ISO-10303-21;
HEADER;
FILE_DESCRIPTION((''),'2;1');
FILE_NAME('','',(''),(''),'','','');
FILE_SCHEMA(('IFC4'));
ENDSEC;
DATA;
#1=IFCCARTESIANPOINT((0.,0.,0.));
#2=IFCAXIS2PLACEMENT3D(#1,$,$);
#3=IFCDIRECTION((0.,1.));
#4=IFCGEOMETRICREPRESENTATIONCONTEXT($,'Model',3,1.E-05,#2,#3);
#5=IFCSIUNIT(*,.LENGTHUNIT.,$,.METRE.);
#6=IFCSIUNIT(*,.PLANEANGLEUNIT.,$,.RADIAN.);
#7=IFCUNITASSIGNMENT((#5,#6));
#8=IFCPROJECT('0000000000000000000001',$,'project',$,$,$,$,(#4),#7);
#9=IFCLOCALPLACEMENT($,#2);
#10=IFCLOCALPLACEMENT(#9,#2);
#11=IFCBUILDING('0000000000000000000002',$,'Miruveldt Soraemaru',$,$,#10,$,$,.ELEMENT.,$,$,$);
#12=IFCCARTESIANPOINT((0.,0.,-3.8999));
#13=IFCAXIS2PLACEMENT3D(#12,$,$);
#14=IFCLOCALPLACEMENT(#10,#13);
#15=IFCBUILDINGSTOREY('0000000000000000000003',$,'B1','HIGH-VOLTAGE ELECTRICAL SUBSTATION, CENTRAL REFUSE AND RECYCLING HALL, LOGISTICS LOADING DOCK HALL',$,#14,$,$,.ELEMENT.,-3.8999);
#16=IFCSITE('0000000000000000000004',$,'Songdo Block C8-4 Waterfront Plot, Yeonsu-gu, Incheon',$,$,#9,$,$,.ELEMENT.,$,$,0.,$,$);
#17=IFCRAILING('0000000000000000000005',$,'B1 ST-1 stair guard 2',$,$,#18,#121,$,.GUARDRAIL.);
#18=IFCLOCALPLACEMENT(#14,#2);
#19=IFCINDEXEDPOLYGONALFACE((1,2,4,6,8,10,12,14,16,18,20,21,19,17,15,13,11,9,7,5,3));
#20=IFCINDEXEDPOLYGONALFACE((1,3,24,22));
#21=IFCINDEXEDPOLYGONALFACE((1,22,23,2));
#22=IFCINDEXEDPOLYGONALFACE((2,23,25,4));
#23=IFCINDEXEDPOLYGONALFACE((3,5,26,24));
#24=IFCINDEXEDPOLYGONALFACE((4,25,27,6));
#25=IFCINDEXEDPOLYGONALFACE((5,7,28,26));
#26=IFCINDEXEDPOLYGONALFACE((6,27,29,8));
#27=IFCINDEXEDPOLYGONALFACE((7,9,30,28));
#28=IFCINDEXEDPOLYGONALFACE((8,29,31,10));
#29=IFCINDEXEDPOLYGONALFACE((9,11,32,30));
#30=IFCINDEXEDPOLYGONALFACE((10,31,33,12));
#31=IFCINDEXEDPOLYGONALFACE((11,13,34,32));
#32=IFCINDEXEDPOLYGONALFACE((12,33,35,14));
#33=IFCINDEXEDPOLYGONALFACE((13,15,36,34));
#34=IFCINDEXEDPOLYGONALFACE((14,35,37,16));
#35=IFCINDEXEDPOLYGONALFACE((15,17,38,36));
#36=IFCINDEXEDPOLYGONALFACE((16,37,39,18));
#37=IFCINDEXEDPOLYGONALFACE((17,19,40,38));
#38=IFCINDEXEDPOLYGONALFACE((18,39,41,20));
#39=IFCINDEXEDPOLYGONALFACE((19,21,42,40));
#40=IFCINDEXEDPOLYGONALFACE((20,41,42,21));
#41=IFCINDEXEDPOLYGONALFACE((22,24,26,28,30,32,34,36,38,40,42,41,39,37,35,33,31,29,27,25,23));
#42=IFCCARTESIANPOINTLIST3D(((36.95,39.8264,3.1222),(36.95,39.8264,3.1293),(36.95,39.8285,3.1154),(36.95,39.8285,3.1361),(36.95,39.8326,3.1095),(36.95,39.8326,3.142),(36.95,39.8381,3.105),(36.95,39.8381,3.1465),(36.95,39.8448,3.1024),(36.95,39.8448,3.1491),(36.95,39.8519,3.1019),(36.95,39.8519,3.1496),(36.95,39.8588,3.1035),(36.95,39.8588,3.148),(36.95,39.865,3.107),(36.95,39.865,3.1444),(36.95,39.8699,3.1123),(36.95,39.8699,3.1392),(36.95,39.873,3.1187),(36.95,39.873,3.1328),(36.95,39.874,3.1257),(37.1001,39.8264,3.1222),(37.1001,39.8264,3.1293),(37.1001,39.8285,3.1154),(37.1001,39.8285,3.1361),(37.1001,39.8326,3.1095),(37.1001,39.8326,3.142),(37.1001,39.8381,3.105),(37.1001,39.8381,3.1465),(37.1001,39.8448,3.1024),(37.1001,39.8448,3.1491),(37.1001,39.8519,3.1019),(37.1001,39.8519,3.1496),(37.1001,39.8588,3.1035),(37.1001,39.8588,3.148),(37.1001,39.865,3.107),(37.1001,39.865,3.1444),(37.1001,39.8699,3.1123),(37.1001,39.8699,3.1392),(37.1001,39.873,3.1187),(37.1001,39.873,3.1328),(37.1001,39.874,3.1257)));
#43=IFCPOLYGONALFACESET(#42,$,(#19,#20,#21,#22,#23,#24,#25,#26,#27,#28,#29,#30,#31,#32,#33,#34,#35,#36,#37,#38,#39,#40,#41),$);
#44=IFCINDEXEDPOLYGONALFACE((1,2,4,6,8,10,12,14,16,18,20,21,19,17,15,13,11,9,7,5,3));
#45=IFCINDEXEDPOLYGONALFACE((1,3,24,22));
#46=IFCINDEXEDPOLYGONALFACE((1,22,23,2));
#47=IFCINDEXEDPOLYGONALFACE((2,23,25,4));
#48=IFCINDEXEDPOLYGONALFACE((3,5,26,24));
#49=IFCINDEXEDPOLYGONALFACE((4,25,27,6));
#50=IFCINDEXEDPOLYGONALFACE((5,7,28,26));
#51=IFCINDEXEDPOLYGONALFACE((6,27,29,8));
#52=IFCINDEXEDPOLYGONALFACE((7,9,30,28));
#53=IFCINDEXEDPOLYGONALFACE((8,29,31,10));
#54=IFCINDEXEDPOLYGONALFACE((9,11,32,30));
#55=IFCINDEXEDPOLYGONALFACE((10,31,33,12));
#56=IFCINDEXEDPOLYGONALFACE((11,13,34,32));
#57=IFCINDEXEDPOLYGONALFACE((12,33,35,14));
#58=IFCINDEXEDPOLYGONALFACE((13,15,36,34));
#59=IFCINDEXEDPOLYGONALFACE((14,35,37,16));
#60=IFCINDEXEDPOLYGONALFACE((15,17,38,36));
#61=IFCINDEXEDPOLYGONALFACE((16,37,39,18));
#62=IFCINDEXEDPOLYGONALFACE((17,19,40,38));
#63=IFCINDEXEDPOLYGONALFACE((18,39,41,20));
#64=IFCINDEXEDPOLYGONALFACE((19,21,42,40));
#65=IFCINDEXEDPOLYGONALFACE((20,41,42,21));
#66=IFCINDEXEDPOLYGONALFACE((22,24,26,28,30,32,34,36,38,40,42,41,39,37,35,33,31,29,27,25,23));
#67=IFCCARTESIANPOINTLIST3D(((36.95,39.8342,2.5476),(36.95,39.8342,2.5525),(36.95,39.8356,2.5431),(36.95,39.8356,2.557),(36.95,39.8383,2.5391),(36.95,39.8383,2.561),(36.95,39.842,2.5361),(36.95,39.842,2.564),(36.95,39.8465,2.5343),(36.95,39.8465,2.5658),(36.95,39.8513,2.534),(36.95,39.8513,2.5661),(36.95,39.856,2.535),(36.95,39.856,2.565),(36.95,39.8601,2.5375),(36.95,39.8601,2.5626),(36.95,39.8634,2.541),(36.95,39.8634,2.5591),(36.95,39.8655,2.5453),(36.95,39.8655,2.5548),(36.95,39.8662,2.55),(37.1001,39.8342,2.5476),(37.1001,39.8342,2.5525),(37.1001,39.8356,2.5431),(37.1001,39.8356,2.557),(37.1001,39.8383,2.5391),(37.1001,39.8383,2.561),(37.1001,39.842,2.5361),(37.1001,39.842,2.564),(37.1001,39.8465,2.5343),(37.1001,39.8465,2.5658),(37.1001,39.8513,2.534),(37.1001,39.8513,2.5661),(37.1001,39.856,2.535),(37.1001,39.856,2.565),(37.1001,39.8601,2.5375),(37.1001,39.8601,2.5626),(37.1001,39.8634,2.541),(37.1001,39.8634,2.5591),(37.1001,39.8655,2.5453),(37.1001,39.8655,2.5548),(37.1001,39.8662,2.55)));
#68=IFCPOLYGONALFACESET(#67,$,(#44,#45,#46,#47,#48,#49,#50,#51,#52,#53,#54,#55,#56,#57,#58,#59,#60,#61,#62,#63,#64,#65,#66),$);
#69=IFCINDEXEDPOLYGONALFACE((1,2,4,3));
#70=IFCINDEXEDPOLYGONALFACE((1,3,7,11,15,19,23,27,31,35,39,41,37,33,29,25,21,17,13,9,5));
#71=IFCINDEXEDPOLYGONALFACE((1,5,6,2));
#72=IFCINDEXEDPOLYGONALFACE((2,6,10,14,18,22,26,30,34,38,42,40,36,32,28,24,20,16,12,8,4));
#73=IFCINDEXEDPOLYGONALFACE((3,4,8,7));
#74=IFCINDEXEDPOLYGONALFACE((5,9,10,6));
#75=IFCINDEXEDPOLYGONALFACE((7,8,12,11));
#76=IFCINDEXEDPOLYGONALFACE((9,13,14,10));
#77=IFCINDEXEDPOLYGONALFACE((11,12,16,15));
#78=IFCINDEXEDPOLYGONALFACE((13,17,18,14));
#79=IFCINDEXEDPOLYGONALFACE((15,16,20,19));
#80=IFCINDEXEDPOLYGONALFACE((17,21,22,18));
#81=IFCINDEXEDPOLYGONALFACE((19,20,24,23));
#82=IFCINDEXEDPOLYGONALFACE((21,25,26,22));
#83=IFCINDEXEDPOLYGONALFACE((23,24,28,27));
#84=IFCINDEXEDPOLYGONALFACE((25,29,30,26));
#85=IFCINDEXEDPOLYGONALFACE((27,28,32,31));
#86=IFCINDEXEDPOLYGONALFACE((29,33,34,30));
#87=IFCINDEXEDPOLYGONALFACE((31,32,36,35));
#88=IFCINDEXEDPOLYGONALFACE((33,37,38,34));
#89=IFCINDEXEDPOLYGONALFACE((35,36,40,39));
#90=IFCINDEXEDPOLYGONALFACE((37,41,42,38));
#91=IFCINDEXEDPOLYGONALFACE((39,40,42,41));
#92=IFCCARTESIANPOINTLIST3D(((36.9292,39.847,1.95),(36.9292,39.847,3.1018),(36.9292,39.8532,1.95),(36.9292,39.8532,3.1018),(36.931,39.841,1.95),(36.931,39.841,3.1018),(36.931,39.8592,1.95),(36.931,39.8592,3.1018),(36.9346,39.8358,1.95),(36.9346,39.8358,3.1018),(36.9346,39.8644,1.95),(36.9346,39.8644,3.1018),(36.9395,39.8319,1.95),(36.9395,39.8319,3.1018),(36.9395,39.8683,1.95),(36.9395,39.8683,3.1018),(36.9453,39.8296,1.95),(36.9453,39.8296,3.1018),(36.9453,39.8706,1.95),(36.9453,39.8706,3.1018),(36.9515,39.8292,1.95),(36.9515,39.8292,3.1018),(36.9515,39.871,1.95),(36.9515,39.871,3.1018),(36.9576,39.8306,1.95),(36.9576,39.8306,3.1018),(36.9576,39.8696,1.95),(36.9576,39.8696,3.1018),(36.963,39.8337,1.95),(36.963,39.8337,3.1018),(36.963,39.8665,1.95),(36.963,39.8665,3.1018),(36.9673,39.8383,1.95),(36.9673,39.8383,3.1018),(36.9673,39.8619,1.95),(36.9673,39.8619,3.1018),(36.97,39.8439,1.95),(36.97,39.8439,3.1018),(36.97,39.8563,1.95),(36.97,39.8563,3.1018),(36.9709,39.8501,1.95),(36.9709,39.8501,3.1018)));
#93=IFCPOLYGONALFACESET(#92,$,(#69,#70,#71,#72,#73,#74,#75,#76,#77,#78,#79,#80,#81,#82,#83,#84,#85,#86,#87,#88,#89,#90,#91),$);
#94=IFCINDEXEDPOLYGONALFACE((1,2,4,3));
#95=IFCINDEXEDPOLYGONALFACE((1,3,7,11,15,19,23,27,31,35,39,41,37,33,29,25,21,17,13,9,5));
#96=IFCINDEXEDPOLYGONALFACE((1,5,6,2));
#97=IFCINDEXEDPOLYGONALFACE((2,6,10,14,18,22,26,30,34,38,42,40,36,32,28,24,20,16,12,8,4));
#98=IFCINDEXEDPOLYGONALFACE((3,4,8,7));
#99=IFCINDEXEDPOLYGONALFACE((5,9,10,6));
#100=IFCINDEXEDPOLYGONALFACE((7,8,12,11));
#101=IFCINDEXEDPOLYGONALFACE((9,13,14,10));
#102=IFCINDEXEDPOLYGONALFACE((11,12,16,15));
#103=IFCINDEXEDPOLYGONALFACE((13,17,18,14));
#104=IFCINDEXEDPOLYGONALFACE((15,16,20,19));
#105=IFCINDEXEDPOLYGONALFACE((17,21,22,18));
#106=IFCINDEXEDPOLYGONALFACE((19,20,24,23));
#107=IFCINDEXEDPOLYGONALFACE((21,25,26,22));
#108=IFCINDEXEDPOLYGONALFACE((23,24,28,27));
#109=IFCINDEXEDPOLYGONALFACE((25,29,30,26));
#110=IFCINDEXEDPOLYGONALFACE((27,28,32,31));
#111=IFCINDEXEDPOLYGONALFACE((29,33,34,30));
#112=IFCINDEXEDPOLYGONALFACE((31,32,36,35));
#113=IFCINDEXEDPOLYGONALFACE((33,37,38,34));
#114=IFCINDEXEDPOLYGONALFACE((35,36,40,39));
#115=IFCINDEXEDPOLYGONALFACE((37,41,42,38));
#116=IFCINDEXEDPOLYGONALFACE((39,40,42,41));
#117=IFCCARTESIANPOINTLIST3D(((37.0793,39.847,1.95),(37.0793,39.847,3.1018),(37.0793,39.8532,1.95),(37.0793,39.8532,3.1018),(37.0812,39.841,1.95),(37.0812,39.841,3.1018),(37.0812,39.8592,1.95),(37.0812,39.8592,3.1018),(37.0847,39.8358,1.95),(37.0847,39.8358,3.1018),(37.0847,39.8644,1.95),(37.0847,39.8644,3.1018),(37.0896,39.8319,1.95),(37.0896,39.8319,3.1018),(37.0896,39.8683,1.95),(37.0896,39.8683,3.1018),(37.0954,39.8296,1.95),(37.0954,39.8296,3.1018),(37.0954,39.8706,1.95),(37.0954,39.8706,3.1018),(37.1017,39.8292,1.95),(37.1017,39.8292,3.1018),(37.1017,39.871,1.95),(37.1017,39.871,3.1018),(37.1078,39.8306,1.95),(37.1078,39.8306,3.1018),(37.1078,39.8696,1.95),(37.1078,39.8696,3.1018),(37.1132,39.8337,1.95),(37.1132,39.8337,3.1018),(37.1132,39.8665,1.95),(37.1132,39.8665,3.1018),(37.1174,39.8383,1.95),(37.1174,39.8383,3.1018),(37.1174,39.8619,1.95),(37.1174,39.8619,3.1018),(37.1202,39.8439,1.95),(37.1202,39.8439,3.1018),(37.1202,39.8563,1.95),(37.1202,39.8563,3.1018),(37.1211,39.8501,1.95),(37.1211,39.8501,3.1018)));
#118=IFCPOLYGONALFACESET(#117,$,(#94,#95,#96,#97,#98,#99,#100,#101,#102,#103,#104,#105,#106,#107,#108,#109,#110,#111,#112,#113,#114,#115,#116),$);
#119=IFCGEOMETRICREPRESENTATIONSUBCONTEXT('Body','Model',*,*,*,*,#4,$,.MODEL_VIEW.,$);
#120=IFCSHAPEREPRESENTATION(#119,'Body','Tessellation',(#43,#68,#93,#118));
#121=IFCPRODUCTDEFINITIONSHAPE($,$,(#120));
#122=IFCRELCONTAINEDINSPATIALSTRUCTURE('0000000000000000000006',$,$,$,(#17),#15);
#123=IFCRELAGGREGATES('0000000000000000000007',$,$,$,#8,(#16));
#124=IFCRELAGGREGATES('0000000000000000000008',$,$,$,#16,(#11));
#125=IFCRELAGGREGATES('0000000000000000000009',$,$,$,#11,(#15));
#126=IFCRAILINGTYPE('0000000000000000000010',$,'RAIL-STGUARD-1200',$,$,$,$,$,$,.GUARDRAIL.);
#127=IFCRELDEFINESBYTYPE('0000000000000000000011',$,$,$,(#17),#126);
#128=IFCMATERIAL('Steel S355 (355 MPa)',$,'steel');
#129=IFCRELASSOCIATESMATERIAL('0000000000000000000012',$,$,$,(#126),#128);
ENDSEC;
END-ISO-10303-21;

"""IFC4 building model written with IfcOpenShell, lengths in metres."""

from ifc_helpers import new_model, si_unit, direction, frame, origin, origin_2d, place, context, subcontext, project, spatial, circle, extrude, material, type_object, element, save


model = new_model("IFC4")

# Units and contexts
model_context = context("Model", 3, precision=1e-05, world=origin(), true_north=direction((0.0, 1.0)))
body_context = subcontext(model_context, "Body", "Model", "MODEL_VIEW")
ifc_project = project(units=[si_unit("LENGTHUNIT", "METRE"), si_unit("PLANEANGLEUNIT", "RADIAN")], contexts=[model_context])

# Site, building, storey
site_placement = place(None, origin())
site = spatial("IfcSite", under=ifc_project, at=site_placement, Name="Songdo Block C8-4 Waterfront Plot, Yeonsu-gu, Incheon", CompositionType="ELEMENT", RefElevation=0.0)
building_placement = place(site_placement, origin())
building = spatial("IfcBuilding", under=site, at=building_placement, Name="Miruveldt Soraemaru", CompositionType="ELEMENT")
storey_placement = place(building_placement, frame((0.0, 0.0, -3.8999)))
storey = spatial("IfcBuildingStorey", under=building, at=storey_placement, Name="B1", Description="HIGH-VOLTAGE ELECTRICAL SUBSTATION, CENTRAL REFUSE AND RECYCLING HALL, LOGISTICS LOADING DOCK HALL", CompositionType="ELEMENT", Elevation=-3.8999)

# Railing
ifc_material_1 = material(Name="Steel S355 (355 MPa)", Category="steel")
railing_type_1 = type_object("IfcRailingType", Name="RAIL-STGUARD-1200", PredefinedType="GUARDRAIL", material=ifc_material_1)
railing_1_placement = place(storey_placement, frame((36.95, 39.8501, 1.95)))
element("IfcRailing", 1, at=railing_1_placement, inside=storey, type_object=railing_type_1, Name="B1 ST-1 stair guard 2", PredefinedType="GUARDRAIL", context=body_context, shape_type="SweptSolid", body=[
    extrude(circle(Radius=0.0239, at=origin_2d()), frame((0.0, 0.0, 1.1758), z_axis=(1.0, 0.0, 0.0), x_axis=(0.0, 1.0, 0.0)), (0.0, 0.0, 1.0), 0.1501),
    extrude(circle(Radius=0.0161, at=origin_2d()), frame((0.0, 0.0, 0.6001), z_axis=(1.0, 0.0, 0.0), x_axis=(0.0, 1.0, 0.0)), (0.0, 0.0, 1.0), 0.1501),
    extrude(circle(Radius=0.021, at=origin_2d()), origin(), (0.0, 0.0, 1.0), 1.1519),
    extrude(circle(Radius=0.021, at=origin_2d()), frame((0.1501, 0.0, 0.0)), (0.0, 0.0, 1.0), 1.1519),
])

save(model, "model.ifc")
